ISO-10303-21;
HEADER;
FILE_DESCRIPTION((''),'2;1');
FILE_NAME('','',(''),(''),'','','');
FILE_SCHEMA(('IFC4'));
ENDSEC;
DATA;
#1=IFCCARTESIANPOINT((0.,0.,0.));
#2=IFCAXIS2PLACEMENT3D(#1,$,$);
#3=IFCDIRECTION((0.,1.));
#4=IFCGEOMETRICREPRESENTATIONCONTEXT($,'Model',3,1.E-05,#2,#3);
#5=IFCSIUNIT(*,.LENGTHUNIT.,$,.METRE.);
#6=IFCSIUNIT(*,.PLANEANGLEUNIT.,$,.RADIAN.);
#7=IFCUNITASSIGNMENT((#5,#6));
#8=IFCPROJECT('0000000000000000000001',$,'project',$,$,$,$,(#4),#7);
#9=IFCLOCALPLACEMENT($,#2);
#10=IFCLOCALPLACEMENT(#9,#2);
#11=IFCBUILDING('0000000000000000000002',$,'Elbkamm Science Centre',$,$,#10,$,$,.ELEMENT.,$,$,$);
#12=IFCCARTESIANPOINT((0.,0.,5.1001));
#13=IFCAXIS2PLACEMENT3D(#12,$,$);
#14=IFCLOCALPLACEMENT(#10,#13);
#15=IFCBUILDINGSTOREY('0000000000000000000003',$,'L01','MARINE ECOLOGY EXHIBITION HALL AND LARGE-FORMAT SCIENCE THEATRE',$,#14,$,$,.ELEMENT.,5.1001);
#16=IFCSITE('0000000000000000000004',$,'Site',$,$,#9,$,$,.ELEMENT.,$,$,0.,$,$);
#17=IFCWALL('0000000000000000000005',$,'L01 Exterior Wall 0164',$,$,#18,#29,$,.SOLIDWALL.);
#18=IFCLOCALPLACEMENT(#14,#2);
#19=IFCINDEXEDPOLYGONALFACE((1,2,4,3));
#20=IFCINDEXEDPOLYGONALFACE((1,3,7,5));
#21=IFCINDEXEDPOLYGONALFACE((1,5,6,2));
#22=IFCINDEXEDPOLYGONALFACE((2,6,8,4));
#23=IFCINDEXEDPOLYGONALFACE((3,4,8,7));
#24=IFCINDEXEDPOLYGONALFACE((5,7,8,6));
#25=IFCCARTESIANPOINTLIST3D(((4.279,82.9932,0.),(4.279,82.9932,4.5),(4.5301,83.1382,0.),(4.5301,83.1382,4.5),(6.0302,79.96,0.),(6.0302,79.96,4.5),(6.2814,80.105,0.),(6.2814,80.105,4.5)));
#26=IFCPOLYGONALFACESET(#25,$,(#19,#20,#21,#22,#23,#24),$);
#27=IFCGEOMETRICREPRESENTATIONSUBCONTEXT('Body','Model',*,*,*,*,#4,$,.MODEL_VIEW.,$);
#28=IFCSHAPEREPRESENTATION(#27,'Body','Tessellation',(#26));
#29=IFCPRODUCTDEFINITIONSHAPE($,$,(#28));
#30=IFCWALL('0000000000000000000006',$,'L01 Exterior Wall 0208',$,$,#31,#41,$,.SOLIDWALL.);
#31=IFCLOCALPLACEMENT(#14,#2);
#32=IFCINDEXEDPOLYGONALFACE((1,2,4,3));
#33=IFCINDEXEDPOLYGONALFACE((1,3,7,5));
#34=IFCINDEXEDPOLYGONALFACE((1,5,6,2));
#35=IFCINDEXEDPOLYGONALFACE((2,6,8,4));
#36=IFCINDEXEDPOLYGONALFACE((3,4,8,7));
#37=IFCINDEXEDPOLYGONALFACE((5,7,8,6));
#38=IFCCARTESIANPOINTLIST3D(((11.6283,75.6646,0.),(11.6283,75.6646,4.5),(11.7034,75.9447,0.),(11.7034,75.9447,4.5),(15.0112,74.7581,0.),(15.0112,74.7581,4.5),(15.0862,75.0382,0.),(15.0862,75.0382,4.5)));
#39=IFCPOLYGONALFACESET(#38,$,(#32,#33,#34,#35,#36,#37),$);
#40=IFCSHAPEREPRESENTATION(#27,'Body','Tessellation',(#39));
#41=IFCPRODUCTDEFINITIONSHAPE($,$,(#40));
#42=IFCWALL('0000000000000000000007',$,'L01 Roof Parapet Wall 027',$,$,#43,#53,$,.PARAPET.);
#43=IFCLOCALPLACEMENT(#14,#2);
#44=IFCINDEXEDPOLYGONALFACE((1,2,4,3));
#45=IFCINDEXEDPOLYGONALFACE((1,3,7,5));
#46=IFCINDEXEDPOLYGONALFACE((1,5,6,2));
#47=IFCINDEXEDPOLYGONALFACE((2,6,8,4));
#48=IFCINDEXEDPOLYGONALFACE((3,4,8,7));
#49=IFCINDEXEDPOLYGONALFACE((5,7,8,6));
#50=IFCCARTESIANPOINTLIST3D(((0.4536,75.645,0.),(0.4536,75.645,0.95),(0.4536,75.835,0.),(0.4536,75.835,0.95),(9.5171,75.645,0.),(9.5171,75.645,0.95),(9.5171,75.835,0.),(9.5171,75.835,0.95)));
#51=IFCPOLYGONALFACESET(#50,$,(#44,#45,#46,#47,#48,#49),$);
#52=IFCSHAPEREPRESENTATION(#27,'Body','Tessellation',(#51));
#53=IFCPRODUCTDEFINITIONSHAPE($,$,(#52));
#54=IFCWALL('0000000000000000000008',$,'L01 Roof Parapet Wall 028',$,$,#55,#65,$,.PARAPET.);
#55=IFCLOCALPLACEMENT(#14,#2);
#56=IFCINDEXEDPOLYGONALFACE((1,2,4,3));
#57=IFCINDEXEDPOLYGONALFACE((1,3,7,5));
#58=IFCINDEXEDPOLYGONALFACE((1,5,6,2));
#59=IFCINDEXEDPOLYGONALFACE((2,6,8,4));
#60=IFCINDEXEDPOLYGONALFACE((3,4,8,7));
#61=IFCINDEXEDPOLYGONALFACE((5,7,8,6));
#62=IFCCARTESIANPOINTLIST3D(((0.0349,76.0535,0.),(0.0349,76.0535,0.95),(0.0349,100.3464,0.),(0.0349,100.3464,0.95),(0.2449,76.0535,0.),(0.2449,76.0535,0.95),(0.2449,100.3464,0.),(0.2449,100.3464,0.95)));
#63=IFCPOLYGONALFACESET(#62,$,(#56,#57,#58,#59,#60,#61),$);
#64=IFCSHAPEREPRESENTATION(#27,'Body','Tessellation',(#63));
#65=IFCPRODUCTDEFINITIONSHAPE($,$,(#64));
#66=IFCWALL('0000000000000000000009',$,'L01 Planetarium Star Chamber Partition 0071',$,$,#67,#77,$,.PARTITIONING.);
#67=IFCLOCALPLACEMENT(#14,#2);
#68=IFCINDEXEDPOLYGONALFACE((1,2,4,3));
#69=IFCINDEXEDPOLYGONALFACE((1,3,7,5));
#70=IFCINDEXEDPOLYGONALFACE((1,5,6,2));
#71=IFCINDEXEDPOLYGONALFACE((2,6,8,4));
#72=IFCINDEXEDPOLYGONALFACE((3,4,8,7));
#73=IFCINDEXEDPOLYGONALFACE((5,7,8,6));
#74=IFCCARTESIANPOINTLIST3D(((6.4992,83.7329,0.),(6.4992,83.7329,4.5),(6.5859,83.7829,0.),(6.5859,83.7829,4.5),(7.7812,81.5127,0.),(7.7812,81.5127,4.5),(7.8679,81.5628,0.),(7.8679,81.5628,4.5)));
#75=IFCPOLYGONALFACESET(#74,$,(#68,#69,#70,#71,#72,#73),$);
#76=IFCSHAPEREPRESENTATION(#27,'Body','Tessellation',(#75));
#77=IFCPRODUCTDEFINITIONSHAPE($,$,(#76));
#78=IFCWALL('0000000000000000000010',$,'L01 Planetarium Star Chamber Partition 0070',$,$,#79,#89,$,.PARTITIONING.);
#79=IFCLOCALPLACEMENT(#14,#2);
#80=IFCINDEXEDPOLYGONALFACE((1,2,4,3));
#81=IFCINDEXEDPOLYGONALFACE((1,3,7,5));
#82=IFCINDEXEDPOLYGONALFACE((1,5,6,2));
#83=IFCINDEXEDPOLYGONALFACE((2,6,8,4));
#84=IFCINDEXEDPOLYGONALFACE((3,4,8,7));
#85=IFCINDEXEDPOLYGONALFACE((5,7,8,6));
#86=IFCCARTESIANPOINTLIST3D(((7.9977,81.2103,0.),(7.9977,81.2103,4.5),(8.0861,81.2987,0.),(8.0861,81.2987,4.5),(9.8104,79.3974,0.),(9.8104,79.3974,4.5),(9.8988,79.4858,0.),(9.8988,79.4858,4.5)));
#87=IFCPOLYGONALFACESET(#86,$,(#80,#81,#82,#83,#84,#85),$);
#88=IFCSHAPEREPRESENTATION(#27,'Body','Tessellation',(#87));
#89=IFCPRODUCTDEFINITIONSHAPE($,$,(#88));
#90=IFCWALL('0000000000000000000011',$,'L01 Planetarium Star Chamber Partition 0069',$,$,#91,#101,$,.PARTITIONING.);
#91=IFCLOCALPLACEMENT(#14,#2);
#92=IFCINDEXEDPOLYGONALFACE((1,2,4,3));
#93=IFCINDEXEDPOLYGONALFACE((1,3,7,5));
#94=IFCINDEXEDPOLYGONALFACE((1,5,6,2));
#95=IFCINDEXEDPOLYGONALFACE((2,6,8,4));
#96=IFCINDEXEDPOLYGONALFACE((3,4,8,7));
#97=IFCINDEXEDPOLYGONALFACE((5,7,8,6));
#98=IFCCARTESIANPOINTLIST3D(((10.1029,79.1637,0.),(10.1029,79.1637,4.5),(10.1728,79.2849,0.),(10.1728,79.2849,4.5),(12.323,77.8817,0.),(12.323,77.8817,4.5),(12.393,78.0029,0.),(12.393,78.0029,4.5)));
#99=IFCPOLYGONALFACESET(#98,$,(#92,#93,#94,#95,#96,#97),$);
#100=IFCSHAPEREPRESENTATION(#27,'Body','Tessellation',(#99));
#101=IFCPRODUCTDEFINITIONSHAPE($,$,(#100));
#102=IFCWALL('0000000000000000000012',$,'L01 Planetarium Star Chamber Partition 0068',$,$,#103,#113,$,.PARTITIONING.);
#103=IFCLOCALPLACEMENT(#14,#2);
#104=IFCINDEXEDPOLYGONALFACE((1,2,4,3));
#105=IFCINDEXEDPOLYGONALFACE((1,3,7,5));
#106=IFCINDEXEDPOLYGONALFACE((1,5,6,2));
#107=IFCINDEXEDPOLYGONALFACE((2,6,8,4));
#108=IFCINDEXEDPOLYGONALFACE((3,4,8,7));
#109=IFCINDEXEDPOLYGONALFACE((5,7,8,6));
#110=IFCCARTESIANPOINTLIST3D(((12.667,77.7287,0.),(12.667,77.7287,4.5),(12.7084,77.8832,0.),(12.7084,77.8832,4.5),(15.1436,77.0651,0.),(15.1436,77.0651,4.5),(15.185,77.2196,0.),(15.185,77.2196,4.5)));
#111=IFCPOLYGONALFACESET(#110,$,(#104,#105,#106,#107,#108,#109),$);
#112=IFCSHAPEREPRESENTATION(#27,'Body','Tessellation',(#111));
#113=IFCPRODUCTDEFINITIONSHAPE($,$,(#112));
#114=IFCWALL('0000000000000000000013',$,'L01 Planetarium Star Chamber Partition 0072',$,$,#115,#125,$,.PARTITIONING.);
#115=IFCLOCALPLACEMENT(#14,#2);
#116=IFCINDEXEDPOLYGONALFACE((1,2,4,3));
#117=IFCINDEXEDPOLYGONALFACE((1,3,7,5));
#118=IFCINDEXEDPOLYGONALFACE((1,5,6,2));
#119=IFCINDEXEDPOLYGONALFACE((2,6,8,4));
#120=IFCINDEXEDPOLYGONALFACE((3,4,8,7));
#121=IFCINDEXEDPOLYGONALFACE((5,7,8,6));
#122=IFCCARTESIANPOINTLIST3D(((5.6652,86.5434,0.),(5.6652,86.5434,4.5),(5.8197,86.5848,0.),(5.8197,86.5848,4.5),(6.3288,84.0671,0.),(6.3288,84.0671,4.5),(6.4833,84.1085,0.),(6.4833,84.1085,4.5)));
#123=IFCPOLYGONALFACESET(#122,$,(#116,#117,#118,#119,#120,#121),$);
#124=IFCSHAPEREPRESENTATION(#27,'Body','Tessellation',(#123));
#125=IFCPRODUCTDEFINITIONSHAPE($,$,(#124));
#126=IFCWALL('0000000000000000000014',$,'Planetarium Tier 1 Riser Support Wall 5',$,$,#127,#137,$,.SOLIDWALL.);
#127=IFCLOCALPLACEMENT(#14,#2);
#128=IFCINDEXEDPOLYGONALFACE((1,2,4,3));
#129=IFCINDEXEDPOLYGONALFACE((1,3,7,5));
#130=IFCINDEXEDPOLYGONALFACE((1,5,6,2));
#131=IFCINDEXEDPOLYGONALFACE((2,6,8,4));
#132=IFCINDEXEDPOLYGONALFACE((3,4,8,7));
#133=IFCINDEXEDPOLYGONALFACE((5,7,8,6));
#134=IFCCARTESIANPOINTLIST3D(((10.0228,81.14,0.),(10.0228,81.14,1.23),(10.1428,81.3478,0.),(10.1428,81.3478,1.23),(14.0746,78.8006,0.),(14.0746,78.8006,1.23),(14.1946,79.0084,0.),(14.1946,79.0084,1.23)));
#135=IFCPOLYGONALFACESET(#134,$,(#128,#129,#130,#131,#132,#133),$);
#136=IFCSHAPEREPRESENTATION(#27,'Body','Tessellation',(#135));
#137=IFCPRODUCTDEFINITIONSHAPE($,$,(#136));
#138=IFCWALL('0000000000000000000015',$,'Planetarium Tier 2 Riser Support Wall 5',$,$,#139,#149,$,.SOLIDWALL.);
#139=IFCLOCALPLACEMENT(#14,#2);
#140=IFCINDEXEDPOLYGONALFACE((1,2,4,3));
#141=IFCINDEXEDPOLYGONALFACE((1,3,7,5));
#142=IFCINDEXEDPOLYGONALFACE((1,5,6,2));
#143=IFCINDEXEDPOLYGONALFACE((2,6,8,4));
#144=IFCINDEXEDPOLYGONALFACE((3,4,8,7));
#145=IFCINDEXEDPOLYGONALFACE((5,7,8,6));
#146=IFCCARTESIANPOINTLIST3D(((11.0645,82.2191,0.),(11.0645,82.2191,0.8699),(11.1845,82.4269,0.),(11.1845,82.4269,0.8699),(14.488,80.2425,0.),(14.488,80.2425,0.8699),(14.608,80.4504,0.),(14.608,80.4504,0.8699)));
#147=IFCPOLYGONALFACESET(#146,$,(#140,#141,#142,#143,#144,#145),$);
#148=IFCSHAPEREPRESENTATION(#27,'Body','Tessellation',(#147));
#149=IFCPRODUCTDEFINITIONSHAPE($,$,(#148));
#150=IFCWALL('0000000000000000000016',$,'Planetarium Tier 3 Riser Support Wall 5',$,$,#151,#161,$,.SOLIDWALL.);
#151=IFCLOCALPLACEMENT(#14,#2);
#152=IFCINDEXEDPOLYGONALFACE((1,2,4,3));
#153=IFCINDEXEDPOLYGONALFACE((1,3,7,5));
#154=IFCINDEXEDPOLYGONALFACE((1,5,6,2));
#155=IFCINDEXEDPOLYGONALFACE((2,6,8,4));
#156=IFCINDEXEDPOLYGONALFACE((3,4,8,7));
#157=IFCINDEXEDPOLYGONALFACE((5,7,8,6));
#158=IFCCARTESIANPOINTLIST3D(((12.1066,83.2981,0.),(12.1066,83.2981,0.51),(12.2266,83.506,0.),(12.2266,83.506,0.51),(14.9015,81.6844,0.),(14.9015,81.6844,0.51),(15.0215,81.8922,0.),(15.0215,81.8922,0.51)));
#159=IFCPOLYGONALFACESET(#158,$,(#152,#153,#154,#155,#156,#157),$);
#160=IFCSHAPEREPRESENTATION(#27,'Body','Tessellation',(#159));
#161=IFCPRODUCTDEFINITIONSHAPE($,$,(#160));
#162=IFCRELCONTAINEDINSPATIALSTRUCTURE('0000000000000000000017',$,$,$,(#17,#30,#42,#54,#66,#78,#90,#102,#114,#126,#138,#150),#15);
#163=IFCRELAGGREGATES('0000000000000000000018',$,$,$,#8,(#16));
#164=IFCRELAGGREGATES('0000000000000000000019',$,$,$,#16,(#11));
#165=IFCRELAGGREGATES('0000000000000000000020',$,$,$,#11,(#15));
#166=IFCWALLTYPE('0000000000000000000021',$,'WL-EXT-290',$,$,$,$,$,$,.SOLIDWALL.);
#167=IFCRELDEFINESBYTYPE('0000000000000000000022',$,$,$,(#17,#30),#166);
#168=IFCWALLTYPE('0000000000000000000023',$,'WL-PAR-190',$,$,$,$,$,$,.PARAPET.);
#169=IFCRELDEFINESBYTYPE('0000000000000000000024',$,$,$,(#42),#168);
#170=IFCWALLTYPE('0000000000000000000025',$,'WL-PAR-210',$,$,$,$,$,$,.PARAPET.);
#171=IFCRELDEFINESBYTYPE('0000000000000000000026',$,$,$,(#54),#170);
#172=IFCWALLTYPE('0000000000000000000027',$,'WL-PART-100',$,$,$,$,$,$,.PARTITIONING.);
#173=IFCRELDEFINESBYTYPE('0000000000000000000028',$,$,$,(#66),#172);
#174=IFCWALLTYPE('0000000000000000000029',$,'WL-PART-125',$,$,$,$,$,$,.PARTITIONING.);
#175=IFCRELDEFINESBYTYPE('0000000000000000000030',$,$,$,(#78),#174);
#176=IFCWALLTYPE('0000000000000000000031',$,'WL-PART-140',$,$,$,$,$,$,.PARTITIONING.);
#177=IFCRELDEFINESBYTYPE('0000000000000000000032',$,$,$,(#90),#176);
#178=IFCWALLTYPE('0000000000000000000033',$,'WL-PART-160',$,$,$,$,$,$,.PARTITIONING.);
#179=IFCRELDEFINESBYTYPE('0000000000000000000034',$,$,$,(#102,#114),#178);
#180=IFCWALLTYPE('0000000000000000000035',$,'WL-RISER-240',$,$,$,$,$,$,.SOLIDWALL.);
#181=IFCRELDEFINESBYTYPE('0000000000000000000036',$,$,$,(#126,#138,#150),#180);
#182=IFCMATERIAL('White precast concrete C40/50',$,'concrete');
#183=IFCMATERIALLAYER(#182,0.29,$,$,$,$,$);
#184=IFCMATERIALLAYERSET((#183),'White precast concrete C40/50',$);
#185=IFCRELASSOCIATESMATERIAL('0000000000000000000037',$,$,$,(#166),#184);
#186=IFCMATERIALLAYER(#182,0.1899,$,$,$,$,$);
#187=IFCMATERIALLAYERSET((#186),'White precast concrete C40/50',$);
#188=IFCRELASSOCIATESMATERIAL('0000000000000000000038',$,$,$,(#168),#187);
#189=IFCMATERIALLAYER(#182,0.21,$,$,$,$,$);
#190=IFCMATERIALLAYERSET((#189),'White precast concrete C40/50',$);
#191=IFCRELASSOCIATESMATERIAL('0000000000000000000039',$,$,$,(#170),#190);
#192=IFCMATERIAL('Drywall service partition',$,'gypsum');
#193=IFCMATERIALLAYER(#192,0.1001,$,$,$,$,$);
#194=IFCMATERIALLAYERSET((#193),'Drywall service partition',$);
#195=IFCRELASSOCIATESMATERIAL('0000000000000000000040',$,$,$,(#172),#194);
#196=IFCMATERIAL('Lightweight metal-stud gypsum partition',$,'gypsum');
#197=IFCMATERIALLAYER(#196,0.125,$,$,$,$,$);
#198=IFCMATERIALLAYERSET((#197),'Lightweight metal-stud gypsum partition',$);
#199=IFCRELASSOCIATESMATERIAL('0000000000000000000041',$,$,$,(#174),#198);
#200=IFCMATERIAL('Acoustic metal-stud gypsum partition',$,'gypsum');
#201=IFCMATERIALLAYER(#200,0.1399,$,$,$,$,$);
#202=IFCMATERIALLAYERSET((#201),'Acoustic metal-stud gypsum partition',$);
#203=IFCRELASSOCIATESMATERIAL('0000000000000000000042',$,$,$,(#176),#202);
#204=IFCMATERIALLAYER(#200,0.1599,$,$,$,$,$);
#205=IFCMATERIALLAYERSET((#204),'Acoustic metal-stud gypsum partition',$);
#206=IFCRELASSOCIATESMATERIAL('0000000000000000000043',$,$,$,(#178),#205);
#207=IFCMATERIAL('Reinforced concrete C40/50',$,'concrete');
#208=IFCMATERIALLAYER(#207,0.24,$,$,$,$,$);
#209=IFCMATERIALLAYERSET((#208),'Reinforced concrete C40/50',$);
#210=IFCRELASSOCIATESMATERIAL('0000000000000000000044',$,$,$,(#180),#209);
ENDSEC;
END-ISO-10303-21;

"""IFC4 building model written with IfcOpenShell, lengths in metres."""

from ifc_helpers import new_model, si_unit, direction, frame, frame_2d, origin, place, context, subcontext, project, spatial, rectangle, extrude, material, layer, layer_set, type_object, element, save


model = new_model("IFC4")

# Units and contexts
model_context = context("Model", 3, precision=1e-05, world=origin(), true_north=direction((0.0, 1.0)))
body_context = subcontext(model_context, "Body", "Model", "MODEL_VIEW")
ifc_project = project(units=[si_unit("LENGTHUNIT", "METRE"), si_unit("PLANEANGLEUNIT", "RADIAN")], contexts=[model_context])

# Site, building, storey
site_placement = place(None, origin())
site = spatial("IfcSite", under=ifc_project, at=site_placement, Name="Site", CompositionType="ELEMENT", RefElevation=0.0)
building_placement = place(site_placement, origin())
building = spatial("IfcBuilding", under=site, at=building_placement, Name="Elbkamm Science Centre", CompositionType="ELEMENT")
storey_placement = place(building_placement, frame((0.0, 0.0, 5.1001)))
storey = spatial("IfcBuildingStorey", under=building, at=storey_placement, Name="L01", Description="MARINE ECOLOGY EXHIBITION HALL AND LARGE-FORMAT SCIENCE THEATRE", CompositionType="ELEMENT", Elevation=5.1001)

# Walls
ifc_material_1 = material(Name="Reinforced concrete C40/50", Category="concrete")
ifc_material_2 = material(Name="White precast concrete C40/50", Category="concrete")
ifc_layer_1 = layer(ifc_material_2, 0.29)
ifc_layer_set_1 = layer_set([ifc_layer_1], Name="White precast concrete C40/50")
wall_type_1 = type_object("IfcWallType", Name="WL-EXT-290", PredefinedType="SOLIDWALL", material=ifc_layer_set_1)
wall_1_placement = place(storey_placement, frame((6.1558, 80.0325, 0.0), z_axis=(0.0, 0.0, 1.0), x_axis=(-0.5, 0.866025, 0.0)))
element("IfcWall", 1, at=wall_1_placement, inside=storey, type_object=wall_type_1, Name="L01 Exterior Wall 0164", PredefinedType="SOLIDWALL", context=body_context, shape_type="SweptSolid", body=[
    extrude(rectangle(XDim=3.5024, YDim=0.29, at=frame_2d((1.7512, 0.0))), origin(), (0.0, 0.0, 1.0), 4.5),
])
wall_2_placement = place(storey_placement, frame((15.0486, 74.8982, 0.0), z_axis=(0.0, 0.0, 1.0), x_axis=(-0.965921, 0.258838, 0.0)))
element("IfcWall", 2, at=wall_2_placement, inside=storey, type_object=wall_type_1, Name="L01 Exterior Wall 0208", PredefinedType="SOLIDWALL", context=body_context, shape_type="SweptSolid", body=[
    extrude(rectangle(XDim=3.5022, YDim=0.29, at=frame_2d((1.751, 0.0))), origin(), (0.0, 0.0, 1.0), 4.5),
])
ifc_layer_2 = layer(ifc_material_2, 0.1899)
ifc_layer_set_2 = layer_set([ifc_layer_2], Name="White precast concrete C40/50")
wall_type_2 = type_object("IfcWallType", Name="WL-PAR-190", PredefinedType="PARAPET", material=ifc_layer_set_2)
wall_3_placement = place(storey_placement, frame((9.5171, 75.74, 0.0), z_axis=(0.0, 0.0, 1.0), x_axis=(-1.0, 0.0, 0.0)))
element("IfcWall", 3, at=wall_3_placement, inside=storey, type_object=wall_type_2, Name="L01 Roof Parapet Wall 027", PredefinedType="PARAPET", context=body_context, shape_type="SweptSolid", body=[
    extrude(rectangle(XDim=9.0635, YDim=0.1899, at=frame_2d((4.5317, 0.0))), origin(), (0.0, 0.0, 1.0), 0.95),
])
ifc_layer_3 = layer(ifc_material_2, 0.21)
ifc_layer_set_3 = layer_set([ifc_layer_3], Name="White precast concrete C40/50")
wall_type_3 = type_object("IfcWallType", Name="WL-PAR-210", PredefinedType="PARAPET", material=ifc_layer_set_3)
wall_4_placement = place(storey_placement, frame((0.1399, 76.0535, 0.0), z_axis=(0.0, 0.0, 1.0), x_axis=(0.0, 1.0, 0.0)))
element("IfcWall", 4, at=wall_4_placement, inside=storey, type_object=wall_type_3, Name="L01 Roof Parapet Wall 028", PredefinedType="PARAPET", context=body_context, shape_type="SweptSolid", body=[
    extrude(rectangle(XDim=24.293, YDim=0.21, at=frame_2d((12.1465, 0.0))), origin(), (0.0, 0.0, 1.0), 0.95),
])
ifc_material_3 = material(Name="Drywall service partition", Category="gypsum")
ifc_layer_4 = layer(ifc_material_3, 0.1001)
ifc_layer_set_4 = layer_set([ifc_layer_4], Name="Drywall service partition")
wall_type_4 = type_object("IfcWallType", Name="WL-PART-100", PredefinedType="PARTITIONING", material=ifc_layer_set_4)
wall_5_placement = place(storey_placement, frame((7.8245, 81.5378, 0.0), z_axis=(0.0, 0.0, 1.0), x_axis=(-0.500041, 0.866002, 0.0)))
element("IfcWall", 5, at=wall_5_placement, inside=storey, type_object=wall_type_4, Name="L01 Planetarium Star Chamber Partition 0071", PredefinedType="PARTITIONING", context=body_context, shape_type="SweptSolid", body=[
    extrude(rectangle(XDim=2.5637, YDim=0.1001, at=frame_2d((1.2817, 0.0))), origin(), (0.0, 0.0, 1.0), 4.5),
])
ifc_material_4 = material(Name="Lightweight metal-stud gypsum partition", Category="gypsum")
ifc_layer_5 = layer(ifc_material_4, 0.125)
ifc_layer_set_5 = layer_set([ifc_layer_5], Name="Lightweight metal-stud gypsum partition")
wall_type_5 = type_object("IfcWallType", Name="WL-PART-125", PredefinedType="PARTITIONING", material=ifc_layer_set_5)
wall_6_placement = place(storey_placement, frame((9.8545, 79.4417, 0.0), z_axis=(0.0, 0.0, 1.0), x_axis=(-0.707059, 0.707154, 0.0)))
element("IfcWall", 6, at=wall_6_placement, inside=storey, type_object=wall_type_5, Name="L01 Planetarium Star Chamber Partition 0070", PredefinedType="PARTITIONING", context=body_context, shape_type="SweptSolid", body=[
    extrude(rectangle(XDim=2.5637, YDim=0.125, at=frame_2d((1.2817, 0.0))), origin(), (0.0, 0.0, 1.0), 4.5),
])
ifc_material_5 = material(Name="Acoustic metal-stud gypsum partition", Category="gypsum")
ifc_layer_6 = layer(ifc_material_5, 0.1399)
ifc_layer_set_6 = layer_set([ifc_layer_6], Name="Acoustic metal-stud gypsum partition")
wall_type_6 = type_object("IfcWallType", Name="WL-PART-140", PredefinedType="PARTITIONING", material=ifc_layer_set_6)
wall_7_placement = place(storey_placement, frame((12.3579, 77.9424, 0.0), z_axis=(0.0, 0.0, 1.0), x_axis=(-0.866002, 0.500041, 0.0)))
element("IfcWall", 7, at=wall_7_placement, inside=storey, type_object=wall_type_6, Name="L01 Planetarium Star Chamber Partition 0069", PredefinedType="PARTITIONING", context=body_context, shape_type="SweptSolid", body=[
    extrude(rectangle(XDim=2.5637, YDim=0.1399, at=frame_2d((1.2817, 0.0))), origin(), (0.0, 0.0, 1.0), 4.5),
])
ifc_layer_7 = layer(ifc_material_5, 0.1599)
ifc_layer_set_7 = layer_set([ifc_layer_7], Name="Acoustic metal-stud gypsum partition")
wall_type_7 = type_object("IfcWallType", Name="WL-PART-160", PredefinedType="PARTITIONING", material=ifc_layer_set_7)
wall_8_placement = place(storey_placement, frame((15.1643, 77.1423, 0.0), z_axis=(0.0, 0.0, 1.0), x_axis=(-0.965928, 0.258812, 0.0)))
element("IfcWall", 8, at=wall_8_placement, inside=storey, type_object=wall_type_7, Name="L01 Planetarium Star Chamber Partition 0068", PredefinedType="PARTITIONING", context=body_context, shape_type="SweptSolid", body=[
    extrude(rectangle(XDim=2.564, YDim=0.1599, at=frame_2d((1.282, 0.0))), origin(), (0.0, 0.0, 1.0), 4.5),
])
wall_9_placement = place(storey_placement, frame((6.406, 84.0879, 0.0), z_axis=(0.0, 0.0, 1.0), x_axis=(-0.258836, 0.965921, 0.0)))
element("IfcWall", 9, at=wall_9_placement, inside=storey, type_object=wall_type_7, Name="L01 Planetarium Star Chamber Partition 0072", PredefinedType="PARTITIONING", context=body_context, shape_type="SweptSolid", body=[
    extrude(rectangle(XDim=2.5637, YDim=0.1599, at=frame_2d((1.2817, 0.0))), origin(), (0.0, 0.0, 1.0), 4.5),
])
ifc_layer_8 = layer(ifc_material_1, 0.24)
ifc_layer_set_8 = layer_set([ifc_layer_8], Name="Reinforced concrete C40/50")
wall_type_8 = type_object("IfcWallType", Name="WL-RISER-240", PredefinedType="SOLIDWALL", material=ifc_layer_set_8)
wall_10_placement = place(storey_placement, frame((10.0828, 81.2439, 0.0), z_axis=(0.0, 0.0, 1.0), x_axis=(0.866019, -0.500012, 0.0)))
element("IfcWall", 10, at=wall_10_placement, inside=storey, type_object=wall_type_8, Name="Planetarium Tier 1 Riser Support Wall 5", PredefinedType="SOLIDWALL", context=body_context, shape_type="SweptSolid", body=[
    extrude(rectangle(XDim=4.6787, YDim=0.24, at=frame_2d((2.3394, 0.0))), origin(), (0.0, 0.0, 1.0), 1.23),
])
wall_11_placement = place(storey_placement, frame((11.1245, 82.323, 0.0), z_axis=(0.0, 0.0, 1.0), x_axis=(0.86603, -0.499992, 0.0)))
element("IfcWall", 11, at=wall_11_placement, inside=storey, type_object=wall_type_8, Name="Planetarium Tier 2 Riser Support Wall 5", PredefinedType="SOLIDWALL", context=body_context, shape_type="SweptSolid", body=[
    extrude(rectangle(XDim=3.9531, YDim=0.24, at=frame_2d((1.9766, 0.0))), origin(), (0.0, 0.0, 1.0), 0.8699),
])
wall_12_placement = place(storey_placement, frame((12.1665, 83.4021, 0.0), z_axis=(0.0, 0.0, 1.0), x_axis=(0.866009, -0.500028, 0.0)))
element("IfcWall", 12, at=wall_12_placement, inside=storey, type_object=wall_type_8, Name="Planetarium Tier 3 Riser Support Wall 5", PredefinedType="SOLIDWALL", context=body_context, shape_type="SweptSolid", body=[
    extrude(rectangle(XDim=3.2273, YDim=0.24, at=frame_2d((1.6138, 0.0))), origin(), (0.0, 0.0, 1.0), 0.51),
])

save(model, "model.ifc")
